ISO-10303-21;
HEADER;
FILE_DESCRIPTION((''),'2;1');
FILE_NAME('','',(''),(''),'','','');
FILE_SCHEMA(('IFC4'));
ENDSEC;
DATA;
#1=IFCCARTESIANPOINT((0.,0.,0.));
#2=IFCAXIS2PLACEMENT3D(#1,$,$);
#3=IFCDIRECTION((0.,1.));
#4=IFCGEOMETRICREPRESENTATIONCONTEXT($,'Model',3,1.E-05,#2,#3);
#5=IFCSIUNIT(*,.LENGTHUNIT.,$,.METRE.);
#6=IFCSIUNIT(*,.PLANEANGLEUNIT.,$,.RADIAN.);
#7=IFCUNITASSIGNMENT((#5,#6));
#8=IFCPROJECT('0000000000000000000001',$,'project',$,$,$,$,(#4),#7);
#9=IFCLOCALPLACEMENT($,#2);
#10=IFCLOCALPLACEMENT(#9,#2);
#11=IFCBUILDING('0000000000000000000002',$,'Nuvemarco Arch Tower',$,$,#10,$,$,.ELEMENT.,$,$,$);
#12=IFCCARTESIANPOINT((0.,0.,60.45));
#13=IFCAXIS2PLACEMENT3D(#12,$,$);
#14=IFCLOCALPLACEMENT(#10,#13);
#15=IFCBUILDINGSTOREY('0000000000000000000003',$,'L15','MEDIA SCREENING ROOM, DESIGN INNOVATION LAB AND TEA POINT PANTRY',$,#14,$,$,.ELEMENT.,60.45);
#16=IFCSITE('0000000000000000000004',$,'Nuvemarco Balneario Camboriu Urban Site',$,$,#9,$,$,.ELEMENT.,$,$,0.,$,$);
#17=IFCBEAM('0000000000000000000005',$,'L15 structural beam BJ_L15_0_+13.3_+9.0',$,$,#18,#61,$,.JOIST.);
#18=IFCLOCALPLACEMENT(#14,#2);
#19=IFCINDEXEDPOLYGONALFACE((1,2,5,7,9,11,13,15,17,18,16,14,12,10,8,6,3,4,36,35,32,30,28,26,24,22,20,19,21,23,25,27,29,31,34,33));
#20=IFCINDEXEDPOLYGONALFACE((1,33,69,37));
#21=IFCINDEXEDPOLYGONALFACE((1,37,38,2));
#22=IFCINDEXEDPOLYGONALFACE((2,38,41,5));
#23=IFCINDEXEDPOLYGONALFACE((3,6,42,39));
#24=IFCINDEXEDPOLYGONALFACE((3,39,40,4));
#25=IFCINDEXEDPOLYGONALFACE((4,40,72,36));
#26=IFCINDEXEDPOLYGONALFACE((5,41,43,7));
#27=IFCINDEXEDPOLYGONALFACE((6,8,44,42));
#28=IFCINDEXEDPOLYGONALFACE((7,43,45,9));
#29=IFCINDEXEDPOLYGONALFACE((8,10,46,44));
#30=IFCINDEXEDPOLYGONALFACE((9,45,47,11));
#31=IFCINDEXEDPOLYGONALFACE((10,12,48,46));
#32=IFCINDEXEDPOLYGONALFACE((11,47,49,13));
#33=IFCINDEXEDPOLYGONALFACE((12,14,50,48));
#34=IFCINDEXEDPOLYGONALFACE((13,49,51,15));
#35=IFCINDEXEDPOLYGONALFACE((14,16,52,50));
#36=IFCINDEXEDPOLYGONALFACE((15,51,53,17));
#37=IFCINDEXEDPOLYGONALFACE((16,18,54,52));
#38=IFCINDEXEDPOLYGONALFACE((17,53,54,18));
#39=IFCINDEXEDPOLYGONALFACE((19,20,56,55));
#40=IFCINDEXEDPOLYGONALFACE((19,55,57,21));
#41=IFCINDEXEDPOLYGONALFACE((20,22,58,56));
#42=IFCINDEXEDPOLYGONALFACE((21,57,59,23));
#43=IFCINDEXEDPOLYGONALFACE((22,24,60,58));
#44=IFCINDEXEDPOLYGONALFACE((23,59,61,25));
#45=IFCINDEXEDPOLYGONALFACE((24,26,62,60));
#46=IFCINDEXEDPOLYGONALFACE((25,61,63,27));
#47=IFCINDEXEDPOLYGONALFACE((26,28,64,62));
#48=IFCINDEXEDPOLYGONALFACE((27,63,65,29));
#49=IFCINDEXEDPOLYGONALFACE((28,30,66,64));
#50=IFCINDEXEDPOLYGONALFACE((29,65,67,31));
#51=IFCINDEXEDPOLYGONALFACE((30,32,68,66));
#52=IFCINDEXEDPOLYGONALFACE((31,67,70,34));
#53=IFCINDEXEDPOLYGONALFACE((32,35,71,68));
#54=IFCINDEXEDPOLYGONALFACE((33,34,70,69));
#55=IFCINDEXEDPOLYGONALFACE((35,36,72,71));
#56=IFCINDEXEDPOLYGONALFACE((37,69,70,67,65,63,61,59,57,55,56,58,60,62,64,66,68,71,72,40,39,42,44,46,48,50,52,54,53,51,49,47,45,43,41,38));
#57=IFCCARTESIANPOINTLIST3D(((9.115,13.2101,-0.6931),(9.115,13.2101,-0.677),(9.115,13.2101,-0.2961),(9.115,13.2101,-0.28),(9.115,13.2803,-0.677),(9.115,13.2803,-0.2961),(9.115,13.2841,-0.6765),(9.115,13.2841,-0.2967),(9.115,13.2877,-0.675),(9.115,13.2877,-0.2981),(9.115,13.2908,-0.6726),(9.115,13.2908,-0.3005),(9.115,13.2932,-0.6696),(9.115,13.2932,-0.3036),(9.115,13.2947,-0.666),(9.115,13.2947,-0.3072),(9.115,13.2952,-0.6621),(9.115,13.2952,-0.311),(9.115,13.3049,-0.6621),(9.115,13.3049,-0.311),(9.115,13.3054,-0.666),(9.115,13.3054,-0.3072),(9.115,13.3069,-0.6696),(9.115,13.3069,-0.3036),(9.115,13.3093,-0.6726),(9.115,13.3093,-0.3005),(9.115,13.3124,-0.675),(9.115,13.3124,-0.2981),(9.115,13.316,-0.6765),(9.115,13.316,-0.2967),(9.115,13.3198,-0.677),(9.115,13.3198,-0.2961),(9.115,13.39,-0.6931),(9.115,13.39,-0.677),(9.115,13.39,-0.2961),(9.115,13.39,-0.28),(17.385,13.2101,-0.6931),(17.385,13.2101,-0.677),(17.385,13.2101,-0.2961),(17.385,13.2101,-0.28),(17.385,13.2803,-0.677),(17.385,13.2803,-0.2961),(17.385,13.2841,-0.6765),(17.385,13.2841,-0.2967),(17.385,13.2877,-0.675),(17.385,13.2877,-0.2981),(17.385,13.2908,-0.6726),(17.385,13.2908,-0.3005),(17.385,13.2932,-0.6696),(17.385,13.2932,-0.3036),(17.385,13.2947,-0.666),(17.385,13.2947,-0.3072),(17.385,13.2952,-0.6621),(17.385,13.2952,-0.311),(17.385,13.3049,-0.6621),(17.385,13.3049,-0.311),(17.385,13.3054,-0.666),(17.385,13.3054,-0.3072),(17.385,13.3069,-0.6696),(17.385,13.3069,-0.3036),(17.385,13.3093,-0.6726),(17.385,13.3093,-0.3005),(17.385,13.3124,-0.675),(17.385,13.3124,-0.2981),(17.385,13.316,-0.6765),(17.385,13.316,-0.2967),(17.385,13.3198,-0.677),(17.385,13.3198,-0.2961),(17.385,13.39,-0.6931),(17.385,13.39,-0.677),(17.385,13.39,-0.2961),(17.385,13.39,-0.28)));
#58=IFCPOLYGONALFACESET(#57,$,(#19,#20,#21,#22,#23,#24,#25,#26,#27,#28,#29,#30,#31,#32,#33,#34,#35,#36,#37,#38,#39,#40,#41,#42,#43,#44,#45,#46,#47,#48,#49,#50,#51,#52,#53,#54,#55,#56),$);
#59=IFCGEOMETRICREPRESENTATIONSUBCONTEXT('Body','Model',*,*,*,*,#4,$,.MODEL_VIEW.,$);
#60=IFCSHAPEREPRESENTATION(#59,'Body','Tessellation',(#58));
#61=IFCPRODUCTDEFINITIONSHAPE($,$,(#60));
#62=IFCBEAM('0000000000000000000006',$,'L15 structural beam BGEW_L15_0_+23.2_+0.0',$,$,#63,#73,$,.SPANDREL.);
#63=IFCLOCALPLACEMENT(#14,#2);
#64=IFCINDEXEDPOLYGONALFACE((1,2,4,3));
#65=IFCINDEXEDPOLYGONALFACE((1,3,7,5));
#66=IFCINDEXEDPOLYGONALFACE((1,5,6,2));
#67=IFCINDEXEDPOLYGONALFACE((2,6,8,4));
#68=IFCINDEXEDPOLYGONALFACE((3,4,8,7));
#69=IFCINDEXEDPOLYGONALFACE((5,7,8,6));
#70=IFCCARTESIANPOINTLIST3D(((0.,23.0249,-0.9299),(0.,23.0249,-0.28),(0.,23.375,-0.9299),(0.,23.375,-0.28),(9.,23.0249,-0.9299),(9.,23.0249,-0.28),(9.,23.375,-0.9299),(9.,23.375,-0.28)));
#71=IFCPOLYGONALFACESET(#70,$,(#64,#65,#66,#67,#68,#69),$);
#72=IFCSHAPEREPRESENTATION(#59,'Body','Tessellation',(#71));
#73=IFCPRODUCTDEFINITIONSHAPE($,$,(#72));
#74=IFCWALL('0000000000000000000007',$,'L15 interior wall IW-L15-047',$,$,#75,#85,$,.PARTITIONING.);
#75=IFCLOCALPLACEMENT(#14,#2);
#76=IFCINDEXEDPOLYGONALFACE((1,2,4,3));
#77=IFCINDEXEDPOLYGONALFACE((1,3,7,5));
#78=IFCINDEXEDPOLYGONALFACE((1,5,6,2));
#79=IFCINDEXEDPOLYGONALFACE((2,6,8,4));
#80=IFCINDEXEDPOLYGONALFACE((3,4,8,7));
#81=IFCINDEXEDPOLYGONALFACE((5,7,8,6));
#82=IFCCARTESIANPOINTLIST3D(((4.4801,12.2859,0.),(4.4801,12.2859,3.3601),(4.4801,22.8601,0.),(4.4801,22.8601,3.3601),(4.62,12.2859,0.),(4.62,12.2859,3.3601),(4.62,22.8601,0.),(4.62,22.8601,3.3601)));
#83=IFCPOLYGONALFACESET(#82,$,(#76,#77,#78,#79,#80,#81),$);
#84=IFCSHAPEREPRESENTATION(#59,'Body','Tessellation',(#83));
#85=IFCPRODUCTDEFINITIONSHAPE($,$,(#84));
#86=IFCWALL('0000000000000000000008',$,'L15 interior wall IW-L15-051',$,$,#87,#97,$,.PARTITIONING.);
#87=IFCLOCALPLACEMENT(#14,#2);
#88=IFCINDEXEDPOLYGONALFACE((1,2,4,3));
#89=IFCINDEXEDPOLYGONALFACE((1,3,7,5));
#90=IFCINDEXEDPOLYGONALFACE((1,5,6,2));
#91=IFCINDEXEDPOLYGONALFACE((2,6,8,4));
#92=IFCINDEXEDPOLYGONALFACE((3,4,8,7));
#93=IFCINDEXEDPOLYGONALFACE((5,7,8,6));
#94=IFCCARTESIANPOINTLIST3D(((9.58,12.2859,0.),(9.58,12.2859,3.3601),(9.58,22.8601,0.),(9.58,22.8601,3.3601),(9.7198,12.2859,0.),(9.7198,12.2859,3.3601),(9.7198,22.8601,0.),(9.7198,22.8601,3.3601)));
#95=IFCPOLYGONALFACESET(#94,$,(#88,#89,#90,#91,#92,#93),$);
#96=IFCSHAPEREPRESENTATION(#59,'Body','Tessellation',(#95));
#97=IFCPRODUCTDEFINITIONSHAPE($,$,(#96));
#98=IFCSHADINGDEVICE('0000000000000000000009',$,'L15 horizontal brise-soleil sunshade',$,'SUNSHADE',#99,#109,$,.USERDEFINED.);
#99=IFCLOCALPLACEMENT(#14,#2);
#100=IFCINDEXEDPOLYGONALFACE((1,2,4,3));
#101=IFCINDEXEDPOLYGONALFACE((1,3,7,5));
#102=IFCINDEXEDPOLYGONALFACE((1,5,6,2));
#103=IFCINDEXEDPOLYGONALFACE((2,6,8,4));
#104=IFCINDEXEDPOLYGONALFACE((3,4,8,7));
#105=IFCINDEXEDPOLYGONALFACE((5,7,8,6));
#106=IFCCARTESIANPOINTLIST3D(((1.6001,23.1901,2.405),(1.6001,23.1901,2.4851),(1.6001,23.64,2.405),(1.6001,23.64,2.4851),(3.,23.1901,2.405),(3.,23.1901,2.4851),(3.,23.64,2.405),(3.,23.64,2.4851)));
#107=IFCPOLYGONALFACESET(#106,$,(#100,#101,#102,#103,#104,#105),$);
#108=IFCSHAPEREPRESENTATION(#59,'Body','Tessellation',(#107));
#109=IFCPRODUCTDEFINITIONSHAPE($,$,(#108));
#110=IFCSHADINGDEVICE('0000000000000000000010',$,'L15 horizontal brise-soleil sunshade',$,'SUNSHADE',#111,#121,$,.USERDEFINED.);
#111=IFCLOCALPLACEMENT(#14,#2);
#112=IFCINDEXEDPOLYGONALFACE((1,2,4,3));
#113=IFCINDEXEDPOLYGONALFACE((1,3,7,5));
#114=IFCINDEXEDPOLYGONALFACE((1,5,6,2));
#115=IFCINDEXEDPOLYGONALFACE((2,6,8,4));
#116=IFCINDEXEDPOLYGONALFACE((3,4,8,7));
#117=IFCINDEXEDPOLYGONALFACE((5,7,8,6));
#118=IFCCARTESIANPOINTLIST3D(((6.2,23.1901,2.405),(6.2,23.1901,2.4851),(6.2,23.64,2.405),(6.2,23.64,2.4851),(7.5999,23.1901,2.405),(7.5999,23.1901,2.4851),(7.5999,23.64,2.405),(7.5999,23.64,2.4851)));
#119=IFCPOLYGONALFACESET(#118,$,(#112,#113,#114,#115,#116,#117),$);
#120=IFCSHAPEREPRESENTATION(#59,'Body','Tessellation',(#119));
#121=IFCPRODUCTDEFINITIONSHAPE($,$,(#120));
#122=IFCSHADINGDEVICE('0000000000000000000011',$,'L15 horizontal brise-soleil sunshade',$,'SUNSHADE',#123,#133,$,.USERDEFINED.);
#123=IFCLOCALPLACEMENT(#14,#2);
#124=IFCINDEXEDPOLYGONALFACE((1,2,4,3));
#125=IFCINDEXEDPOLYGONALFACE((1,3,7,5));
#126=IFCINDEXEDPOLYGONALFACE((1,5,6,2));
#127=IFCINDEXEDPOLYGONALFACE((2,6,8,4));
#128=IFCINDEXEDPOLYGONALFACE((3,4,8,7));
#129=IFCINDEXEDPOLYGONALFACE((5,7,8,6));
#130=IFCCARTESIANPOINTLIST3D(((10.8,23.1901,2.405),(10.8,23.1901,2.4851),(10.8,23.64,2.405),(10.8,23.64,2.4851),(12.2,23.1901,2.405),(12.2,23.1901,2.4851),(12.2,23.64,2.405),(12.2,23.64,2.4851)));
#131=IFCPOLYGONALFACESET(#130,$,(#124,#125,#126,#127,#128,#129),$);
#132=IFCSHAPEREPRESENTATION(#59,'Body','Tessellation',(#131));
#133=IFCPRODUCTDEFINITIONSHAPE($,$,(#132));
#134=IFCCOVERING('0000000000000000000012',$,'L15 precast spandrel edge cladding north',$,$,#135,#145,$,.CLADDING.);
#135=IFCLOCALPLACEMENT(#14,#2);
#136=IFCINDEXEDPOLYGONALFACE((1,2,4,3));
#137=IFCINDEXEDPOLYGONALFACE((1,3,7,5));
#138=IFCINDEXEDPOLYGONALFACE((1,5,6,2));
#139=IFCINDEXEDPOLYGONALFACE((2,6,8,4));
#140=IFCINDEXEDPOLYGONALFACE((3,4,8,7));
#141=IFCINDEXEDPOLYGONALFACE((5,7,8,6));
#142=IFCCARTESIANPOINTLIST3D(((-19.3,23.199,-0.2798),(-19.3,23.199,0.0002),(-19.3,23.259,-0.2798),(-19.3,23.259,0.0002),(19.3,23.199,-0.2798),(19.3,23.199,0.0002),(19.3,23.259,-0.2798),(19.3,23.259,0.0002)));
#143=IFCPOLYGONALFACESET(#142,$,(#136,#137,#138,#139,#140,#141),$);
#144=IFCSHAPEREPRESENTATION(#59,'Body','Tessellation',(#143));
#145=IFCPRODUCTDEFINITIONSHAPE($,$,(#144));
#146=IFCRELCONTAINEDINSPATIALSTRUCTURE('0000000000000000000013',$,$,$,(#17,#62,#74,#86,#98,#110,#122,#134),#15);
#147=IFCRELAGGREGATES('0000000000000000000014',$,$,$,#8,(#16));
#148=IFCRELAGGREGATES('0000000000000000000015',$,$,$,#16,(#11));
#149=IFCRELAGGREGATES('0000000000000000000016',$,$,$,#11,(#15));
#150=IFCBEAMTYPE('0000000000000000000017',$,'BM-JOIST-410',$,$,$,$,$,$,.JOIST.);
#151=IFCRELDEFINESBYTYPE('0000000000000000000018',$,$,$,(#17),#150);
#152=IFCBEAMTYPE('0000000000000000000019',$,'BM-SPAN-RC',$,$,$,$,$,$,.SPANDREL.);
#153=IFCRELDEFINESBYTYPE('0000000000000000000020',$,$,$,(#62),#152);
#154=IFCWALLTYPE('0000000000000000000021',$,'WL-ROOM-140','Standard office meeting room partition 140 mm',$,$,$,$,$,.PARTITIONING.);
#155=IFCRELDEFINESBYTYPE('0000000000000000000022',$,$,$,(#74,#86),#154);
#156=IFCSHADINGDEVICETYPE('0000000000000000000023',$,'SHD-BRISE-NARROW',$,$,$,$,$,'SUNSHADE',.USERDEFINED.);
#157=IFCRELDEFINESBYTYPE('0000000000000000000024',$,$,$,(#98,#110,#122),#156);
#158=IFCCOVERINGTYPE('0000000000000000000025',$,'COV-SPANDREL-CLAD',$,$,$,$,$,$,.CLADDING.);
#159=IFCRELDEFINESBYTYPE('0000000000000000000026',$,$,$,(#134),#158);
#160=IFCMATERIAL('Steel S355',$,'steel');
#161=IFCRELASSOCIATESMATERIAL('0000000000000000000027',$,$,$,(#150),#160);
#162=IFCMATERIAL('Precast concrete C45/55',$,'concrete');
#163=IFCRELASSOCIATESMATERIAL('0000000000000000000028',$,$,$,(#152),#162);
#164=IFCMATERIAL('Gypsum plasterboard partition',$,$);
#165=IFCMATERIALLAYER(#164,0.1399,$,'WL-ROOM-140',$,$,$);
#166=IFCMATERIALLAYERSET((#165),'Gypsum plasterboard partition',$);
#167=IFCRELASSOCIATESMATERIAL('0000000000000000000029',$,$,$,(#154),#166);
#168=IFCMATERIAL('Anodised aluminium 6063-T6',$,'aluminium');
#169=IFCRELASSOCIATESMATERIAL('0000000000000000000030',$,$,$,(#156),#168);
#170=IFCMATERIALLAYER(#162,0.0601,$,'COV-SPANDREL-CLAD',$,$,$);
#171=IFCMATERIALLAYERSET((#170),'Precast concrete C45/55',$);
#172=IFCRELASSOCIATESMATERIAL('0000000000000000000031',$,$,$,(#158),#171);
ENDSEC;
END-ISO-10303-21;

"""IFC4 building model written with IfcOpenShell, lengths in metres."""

from ifc_helpers import new_model, si_unit, direction, frame, frame_2d, origin, origin_2d, place, context, subcontext, project, spatial, rectangle, i_section, extrude, source, transform, mapped, material, layer, layer_set, material_profile, profile_set, type_object, type_shapes, element, save


model = new_model("IFC4")

# Units and contexts
model_context = context("Model", 3, precision=1e-05, world=origin(), true_north=direction((0.0, 1.0)))
body_context = subcontext(model_context, "Body", "Model", "MODEL_VIEW")
ifc_project = project(units=[si_unit("LENGTHUNIT", "METRE"), si_unit("PLANEANGLEUNIT", "RADIAN")], contexts=[model_context])

# Site, building, storey
site_placement = place(None, origin())
site = spatial("IfcSite", under=ifc_project, at=site_placement, Name="Nuvemarco Balneario Camboriu Urban Site", CompositionType="ELEMENT", RefElevation=0.0)
building_placement = place(site_placement, origin())
building = spatial("IfcBuilding", under=site, at=building_placement, Name="Nuvemarco Arch Tower", CompositionType="ELEMENT")
storey_placement = place(building_placement, frame((0.0, 0.0, 60.45)))
storey = spatial("IfcBuildingStorey", under=building, at=storey_placement, Name="L15", Description="MEDIA SCREENING ROOM, DESIGN INNOVATION LAB AND TEA POINT PANTRY", CompositionType="ELEMENT", Elevation=60.45)

# Shared definitions
ifc_material_1 = material(Name="Steel S355", Category="steel")

# Beams
ifc_material_profile_1 = material_profile(ifc_material_1, i_section(OverallWidth=0.1799, OverallDepth=0.4131, WebThickness=0.0098, FlangeThickness=0.0161, FilletRadius=0.0149, at=origin_2d()), Name="W410x75")
ifc_profile_set_1 = profile_set([ifc_material_profile_1], Name="Steel S355")
beam_type_1 = type_object("IfcBeamType", Name="BM-JOIST-410", PredefinedType="JOIST", material=ifc_profile_set_1)
beam_1_placement = place(storey_placement, frame((9.115, 13.3, -0.4866), z_axis=(1.0, 0.0, 0.0), x_axis=(0.0, 1.0, 0.0)))
element("IfcBeam", 1, at=beam_1_placement, inside=storey, type_object=beam_type_1, Name="L15 structural beam BJ_L15_0_+13.3_+9.0", PredefinedType="JOIST", context=body_context, shape_type="SweptSolid", body=[
    extrude(i_section(OverallWidth=0.1799, OverallDepth=0.4131, WebThickness=0.0098, FlangeThickness=0.0161, FilletRadius=0.0149, at=origin_2d()), origin(), (0.0, 0.0, 1.0), 8.27),
])
ifc_material_2 = material(Name="Precast concrete C45/55", Category="concrete")
ifc_material_profile_2 = material_profile(ifc_material_2, rectangle(XDim=0.3501, YDim=0.6499, at=origin_2d()), Name="PC-SP-350x650")
ifc_profile_set_2 = profile_set([ifc_material_profile_2], Name="Precast concrete C45/55")
beam_type_2 = type_object("IfcBeamType", Name="BM-SPAN-RC", PredefinedType="SPANDREL", material=ifc_profile_set_2)
beam_2_placement = place(storey_placement, frame((0.0, 23.2, -0.605), z_axis=(1.0, 0.0, 0.0), x_axis=(0.0, 1.0, 0.0)))
element("IfcBeam", 2, at=beam_2_placement, inside=storey, type_object=beam_type_2, Name="L15 structural beam BGEW_L15_0_+23.2_+0.0", PredefinedType="SPANDREL", context=body_context, shape_type="SweptSolid", body=[
    extrude(rectangle(XDim=0.3501, YDim=0.6499, at=origin_2d()), origin(), (0.0, 0.0, 1.0), 9.0),
])

# Walls
ifc_material_3 = material(Name="Gypsum plasterboard partition")
ifc_layer_1 = layer(ifc_material_3, 0.1399, Name="WL-ROOM-140")
ifc_layer_set_1 = layer_set([ifc_layer_1], Name="Gypsum plasterboard partition")
wall_type = type_object("IfcWallType", Name="WL-ROOM-140", Description="Standard office meeting room partition 140 mm", PredefinedType="PARTITIONING", material=ifc_layer_set_1)
for number, where, z_axis, x_axis, name in (
    (3, (4.55, 12.2859, 0.0), (0.0, 0.0, 1.0), (0.0, 1.0, 0.0), "L15 interior wall IW-L15-047"),
    (4, (9.6499, 12.2859, 0.0), (0.0, 0.0, 1.0), (0.0, 1.0, 0.0), "L15 interior wall IW-L15-051"),
):
    element("IfcWall", number, at=place(storey_placement, frame(where, z_axis=z_axis, x_axis=x_axis)), inside=storey, type_object=wall_type, Name=name, PredefinedType="PARTITIONING", context=body_context, shape_type="SweptSolid", body=[
        extrude(rectangle(XDim=10.5742, YDim=0.1399, at=frame_2d((5.2871, 0.0))), origin(), (0.0, 0.0, 1.0), 3.3601),
    ])

# Shading devices
ifc_material_4 = material(Name="Anodised aluminium 6063-T6", Category="aluminium")
shading_device_type = type_object("IfcShadingDeviceType", Name="SHD-BRISE-NARROW", ElementType="SUNSHADE", PredefinedType="USERDEFINED", material=ifc_material_4)
shared_shape_1 = source(origin(), body_context, "Body", "SweptSolid", [
    extrude(rectangle(XDim=1.3999, YDim=0.45, at=origin_2d()), origin(), (0.0, 0.0, 1.0), 0.0801),
])
type_shapes(shading_device_type, [shared_shape_1])
for number, where, z_axis, x_axis, name in (
    (5, (2.3, 23.415, 2.405), (0.0, 0.0, 1.0), (1.0, 0.0, 0.0), "L15 horizontal brise-soleil sunshade"),
    (6, (6.8999, 23.415, 2.405), (0.0, 0.0, 1.0), (1.0, 0.0, 0.0), "L15 horizontal brise-soleil sunshade"),
    (7, (11.5, 23.415, 2.405), (0.0, 0.0, 1.0), (1.0, 0.0, 0.0), "L15 horizontal brise-soleil sunshade"),
):
    element("IfcShadingDevice", number, at=place(storey_placement, frame(where, z_axis=z_axis, x_axis=x_axis)), inside=storey, type_object=shading_device_type, Name=name, ObjectType="SUNSHADE", PredefinedType="USERDEFINED", context=body_context, shape_type="MappedRepresentation", body=[
        mapped(shared_shape_1, transform((0.0, 0.0, 0.0), scale=1.0)),
    ])

# Covering
ifc_layer_2 = layer(ifc_material_2, 0.0601, Name="COV-SPANDREL-CLAD")
ifc_layer_set_2 = layer_set([ifc_layer_2], Name="Precast concrete C45/55")
covering_type = type_object("IfcCoveringType", Name="COV-SPANDREL-CLAD", PredefinedType="CLADDING", material=ifc_layer_set_2)
shared_shape_2 = source(origin(), body_context, "Body", "SweptSolid", [
    extrude(rectangle(XDim=38.6001, YDim=0.0601, at=origin_2d()), origin(), (0.0, 0.0, 1.0), 0.28),
])
type_shapes(covering_type, [shared_shape_2])
covering_placement = place(storey_placement, frame((0.0, 23.229, -0.2798), z_axis=(0.0, 0.0, 1.0), x_axis=(1.0, 0.0, 0.0)))
element("IfcCovering", 8, at=covering_placement, inside=storey, type_object=covering_type, Name="L15 precast spandrel edge cladding north", PredefinedType="CLADDING", context=body_context, shape_type="MappedRepresentation", body=[
    mapped(shared_shape_2, transform((0.0, 0.0, 0.0), scale=1.0)),
])

save(model, "model.ifc")
